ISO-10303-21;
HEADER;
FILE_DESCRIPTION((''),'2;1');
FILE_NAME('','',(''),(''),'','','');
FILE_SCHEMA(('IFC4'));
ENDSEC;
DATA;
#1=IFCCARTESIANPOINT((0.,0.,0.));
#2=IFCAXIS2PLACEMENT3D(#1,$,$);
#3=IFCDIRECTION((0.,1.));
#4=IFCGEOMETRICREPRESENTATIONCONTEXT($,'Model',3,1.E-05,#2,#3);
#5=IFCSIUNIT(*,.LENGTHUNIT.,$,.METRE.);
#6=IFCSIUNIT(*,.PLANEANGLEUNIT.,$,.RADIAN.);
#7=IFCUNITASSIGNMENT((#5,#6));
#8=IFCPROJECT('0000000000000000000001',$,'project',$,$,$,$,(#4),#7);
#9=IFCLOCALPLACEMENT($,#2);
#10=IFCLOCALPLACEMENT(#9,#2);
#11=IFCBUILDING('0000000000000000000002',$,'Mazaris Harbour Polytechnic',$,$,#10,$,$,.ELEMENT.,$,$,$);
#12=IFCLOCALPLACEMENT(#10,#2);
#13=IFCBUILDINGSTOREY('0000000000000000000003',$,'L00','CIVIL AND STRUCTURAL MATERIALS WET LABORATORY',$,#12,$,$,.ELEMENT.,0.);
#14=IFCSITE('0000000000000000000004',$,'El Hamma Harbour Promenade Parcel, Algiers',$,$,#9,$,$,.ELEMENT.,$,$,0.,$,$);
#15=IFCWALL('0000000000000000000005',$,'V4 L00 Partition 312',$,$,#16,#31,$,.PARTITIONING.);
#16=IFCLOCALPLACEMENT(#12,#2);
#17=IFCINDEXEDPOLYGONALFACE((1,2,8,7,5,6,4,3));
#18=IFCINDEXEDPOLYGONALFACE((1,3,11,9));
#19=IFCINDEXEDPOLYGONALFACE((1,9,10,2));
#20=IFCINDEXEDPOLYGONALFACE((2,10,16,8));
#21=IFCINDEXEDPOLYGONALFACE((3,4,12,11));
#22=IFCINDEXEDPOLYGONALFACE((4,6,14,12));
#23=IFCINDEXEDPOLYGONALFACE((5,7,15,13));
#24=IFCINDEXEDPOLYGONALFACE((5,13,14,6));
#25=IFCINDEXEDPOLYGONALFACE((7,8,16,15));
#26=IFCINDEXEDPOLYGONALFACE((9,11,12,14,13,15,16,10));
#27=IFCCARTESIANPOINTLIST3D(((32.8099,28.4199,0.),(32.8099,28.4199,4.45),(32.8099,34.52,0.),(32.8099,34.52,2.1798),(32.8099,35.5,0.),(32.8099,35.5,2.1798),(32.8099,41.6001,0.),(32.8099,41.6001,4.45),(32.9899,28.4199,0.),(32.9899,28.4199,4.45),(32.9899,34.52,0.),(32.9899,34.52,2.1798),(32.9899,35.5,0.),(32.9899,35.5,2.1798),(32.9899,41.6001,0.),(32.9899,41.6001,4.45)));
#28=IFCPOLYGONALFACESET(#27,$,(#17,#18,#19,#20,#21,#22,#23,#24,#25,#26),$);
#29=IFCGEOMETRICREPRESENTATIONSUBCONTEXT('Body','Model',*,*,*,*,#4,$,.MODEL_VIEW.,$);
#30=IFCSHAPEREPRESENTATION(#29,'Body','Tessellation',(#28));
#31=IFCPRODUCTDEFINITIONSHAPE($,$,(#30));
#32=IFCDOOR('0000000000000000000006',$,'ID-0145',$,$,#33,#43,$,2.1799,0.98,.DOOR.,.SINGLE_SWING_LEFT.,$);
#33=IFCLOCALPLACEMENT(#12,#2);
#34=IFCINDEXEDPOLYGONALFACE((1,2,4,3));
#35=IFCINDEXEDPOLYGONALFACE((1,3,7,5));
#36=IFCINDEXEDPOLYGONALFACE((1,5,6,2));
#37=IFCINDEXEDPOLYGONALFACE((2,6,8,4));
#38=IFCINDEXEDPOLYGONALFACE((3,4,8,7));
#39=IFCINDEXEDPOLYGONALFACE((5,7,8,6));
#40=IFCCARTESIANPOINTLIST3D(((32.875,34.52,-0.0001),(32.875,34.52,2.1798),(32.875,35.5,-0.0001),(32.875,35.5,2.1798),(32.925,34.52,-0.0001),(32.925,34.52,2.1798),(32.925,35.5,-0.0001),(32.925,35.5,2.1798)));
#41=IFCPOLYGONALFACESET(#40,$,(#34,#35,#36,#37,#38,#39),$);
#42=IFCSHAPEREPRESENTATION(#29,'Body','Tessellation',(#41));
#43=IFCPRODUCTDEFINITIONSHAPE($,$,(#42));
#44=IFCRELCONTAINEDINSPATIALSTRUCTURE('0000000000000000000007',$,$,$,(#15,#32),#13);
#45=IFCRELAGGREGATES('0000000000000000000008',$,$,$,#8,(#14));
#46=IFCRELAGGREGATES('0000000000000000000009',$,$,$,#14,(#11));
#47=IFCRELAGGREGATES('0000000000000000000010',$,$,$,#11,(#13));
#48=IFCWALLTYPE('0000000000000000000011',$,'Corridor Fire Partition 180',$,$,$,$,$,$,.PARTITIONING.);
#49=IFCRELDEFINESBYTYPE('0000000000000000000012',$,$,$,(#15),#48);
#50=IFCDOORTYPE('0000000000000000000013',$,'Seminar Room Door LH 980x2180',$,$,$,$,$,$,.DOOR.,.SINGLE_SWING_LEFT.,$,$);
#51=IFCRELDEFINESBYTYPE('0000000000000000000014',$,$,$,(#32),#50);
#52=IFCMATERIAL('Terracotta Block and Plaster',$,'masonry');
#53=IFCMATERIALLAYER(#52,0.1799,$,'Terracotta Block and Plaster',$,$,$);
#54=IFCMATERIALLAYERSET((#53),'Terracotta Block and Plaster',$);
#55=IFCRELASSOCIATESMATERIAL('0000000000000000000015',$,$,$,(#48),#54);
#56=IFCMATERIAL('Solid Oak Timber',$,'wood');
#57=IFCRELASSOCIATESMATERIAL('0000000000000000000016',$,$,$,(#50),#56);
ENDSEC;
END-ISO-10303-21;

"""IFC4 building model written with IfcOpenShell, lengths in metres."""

from ifc_helpers import new_model, si_unit, direction, frame, frame_2d, origin, place, context, subcontext, project, spatial, rectangle, extrude, material, layer, layer_set, type_object, element, fill, save


model = new_model("IFC4")

# Units and contexts
model_context = context("Model", 3, precision=1e-05, world=origin(), true_north=direction((0.0, 1.0)))
body_context = subcontext(model_context, "Body", "Model", "MODEL_VIEW")
ifc_project = project(units=[si_unit("LENGTHUNIT", "METRE"), si_unit("PLANEANGLEUNIT", "RADIAN")], contexts=[model_context])

# Site, building, storey
site_placement = place(None, origin())
site = spatial("IfcSite", under=ifc_project, at=site_placement, Name="El Hamma Harbour Promenade Parcel, Algiers", CompositionType="ELEMENT", RefElevation=0.0)
building_placement = place(site_placement, origin())
building = spatial("IfcBuilding", under=site, at=building_placement, Name="Mazaris Harbour Polytechnic", CompositionType="ELEMENT")
storey_placement = place(building_placement, origin())
storey = spatial("IfcBuildingStorey", under=building, at=storey_placement, Name="L00", Description="CIVIL AND STRUCTURAL MATERIALS WET LABORATORY", CompositionType="ELEMENT", Elevation=0.0)

# Wall, opening, door
ifc_material_1 = material(Name="Terracotta Block and Plaster", Category="masonry")
ifc_layer_1 = layer(ifc_material_1, 0.1799, Name="Terracotta Block and Plaster")
ifc_layer_set_1 = layer_set([ifc_layer_1], Name="Terracotta Block and Plaster")
wall_type = type_object("IfcWallType", Name="Corridor Fire Partition 180", PredefinedType="PARTITIONING", material=ifc_layer_set_1)
wall_placement = place(storey_placement, frame((32.8999, 28.4199, 0.0), z_axis=(0.0, 0.0, 1.0), x_axis=(0.0, 1.0, 0.0)))
wall = element("IfcWall", 1, at=wall_placement, inside=storey, type_object=wall_type, Name="V4 L00 Partition 312", PredefinedType="PARTITIONING", context=body_context, shape_type="SweptSolid", body=[
    extrude(rectangle(XDim=13.1802, YDim=0.1799, at=frame_2d((6.5901, 0.0))), origin(), (0.0, 0.0, 1.0), 4.45),
])
opening_placement = place(wall_placement, frame((6.1001, 0.0, 0.0)))
opening = element("IfcOpeningElement", 2, at=opening_placement, cuts=wall, PredefinedType="OPENING", context=body_context, shape_type="SweptSolid", body=[
    extrude(rectangle(XDim=0.98, YDim=2.1799, at=frame_2d((0.49, 1.0898))), frame((0.0, 0.0999, 0.0), z_axis=(0.0, -1.0, 0.0), x_axis=(1.0, 0.0, 0.0)), (0.0, 0.0, 1.0), 0.2),
])
ifc_material_2 = material(Name="Solid Oak Timber", Category="wood")
door_type = type_object("IfcDoorType", Name="Seminar Room Door LH 980x2180", OperationType="SINGLE_SWING_LEFT", PredefinedType="DOOR", material=ifc_material_2)
door_placement = place(opening_placement, origin())
door = element("IfcDoor", 3, at=door_placement, inside=storey, type_object=door_type, Name="ID-0145", OperationType="SINGLE_SWING_LEFT", OverallHeight=2.1799, OverallWidth=0.98, PredefinedType="DOOR", context=body_context, shape_type="SweptSolid", body=[
    extrude(rectangle(XDim=0.98, YDim=2.1799, at=frame_2d((0.49, 1.0898))), frame((0.0, 0.0249, 0.0), z_axis=(0.0, -1.0, 0.0), x_axis=(1.0, 0.0, 0.0)), (0.0, 0.0, 1.0), 0.05),
])
fill(opening, door)

save(model, "model.ifc")
